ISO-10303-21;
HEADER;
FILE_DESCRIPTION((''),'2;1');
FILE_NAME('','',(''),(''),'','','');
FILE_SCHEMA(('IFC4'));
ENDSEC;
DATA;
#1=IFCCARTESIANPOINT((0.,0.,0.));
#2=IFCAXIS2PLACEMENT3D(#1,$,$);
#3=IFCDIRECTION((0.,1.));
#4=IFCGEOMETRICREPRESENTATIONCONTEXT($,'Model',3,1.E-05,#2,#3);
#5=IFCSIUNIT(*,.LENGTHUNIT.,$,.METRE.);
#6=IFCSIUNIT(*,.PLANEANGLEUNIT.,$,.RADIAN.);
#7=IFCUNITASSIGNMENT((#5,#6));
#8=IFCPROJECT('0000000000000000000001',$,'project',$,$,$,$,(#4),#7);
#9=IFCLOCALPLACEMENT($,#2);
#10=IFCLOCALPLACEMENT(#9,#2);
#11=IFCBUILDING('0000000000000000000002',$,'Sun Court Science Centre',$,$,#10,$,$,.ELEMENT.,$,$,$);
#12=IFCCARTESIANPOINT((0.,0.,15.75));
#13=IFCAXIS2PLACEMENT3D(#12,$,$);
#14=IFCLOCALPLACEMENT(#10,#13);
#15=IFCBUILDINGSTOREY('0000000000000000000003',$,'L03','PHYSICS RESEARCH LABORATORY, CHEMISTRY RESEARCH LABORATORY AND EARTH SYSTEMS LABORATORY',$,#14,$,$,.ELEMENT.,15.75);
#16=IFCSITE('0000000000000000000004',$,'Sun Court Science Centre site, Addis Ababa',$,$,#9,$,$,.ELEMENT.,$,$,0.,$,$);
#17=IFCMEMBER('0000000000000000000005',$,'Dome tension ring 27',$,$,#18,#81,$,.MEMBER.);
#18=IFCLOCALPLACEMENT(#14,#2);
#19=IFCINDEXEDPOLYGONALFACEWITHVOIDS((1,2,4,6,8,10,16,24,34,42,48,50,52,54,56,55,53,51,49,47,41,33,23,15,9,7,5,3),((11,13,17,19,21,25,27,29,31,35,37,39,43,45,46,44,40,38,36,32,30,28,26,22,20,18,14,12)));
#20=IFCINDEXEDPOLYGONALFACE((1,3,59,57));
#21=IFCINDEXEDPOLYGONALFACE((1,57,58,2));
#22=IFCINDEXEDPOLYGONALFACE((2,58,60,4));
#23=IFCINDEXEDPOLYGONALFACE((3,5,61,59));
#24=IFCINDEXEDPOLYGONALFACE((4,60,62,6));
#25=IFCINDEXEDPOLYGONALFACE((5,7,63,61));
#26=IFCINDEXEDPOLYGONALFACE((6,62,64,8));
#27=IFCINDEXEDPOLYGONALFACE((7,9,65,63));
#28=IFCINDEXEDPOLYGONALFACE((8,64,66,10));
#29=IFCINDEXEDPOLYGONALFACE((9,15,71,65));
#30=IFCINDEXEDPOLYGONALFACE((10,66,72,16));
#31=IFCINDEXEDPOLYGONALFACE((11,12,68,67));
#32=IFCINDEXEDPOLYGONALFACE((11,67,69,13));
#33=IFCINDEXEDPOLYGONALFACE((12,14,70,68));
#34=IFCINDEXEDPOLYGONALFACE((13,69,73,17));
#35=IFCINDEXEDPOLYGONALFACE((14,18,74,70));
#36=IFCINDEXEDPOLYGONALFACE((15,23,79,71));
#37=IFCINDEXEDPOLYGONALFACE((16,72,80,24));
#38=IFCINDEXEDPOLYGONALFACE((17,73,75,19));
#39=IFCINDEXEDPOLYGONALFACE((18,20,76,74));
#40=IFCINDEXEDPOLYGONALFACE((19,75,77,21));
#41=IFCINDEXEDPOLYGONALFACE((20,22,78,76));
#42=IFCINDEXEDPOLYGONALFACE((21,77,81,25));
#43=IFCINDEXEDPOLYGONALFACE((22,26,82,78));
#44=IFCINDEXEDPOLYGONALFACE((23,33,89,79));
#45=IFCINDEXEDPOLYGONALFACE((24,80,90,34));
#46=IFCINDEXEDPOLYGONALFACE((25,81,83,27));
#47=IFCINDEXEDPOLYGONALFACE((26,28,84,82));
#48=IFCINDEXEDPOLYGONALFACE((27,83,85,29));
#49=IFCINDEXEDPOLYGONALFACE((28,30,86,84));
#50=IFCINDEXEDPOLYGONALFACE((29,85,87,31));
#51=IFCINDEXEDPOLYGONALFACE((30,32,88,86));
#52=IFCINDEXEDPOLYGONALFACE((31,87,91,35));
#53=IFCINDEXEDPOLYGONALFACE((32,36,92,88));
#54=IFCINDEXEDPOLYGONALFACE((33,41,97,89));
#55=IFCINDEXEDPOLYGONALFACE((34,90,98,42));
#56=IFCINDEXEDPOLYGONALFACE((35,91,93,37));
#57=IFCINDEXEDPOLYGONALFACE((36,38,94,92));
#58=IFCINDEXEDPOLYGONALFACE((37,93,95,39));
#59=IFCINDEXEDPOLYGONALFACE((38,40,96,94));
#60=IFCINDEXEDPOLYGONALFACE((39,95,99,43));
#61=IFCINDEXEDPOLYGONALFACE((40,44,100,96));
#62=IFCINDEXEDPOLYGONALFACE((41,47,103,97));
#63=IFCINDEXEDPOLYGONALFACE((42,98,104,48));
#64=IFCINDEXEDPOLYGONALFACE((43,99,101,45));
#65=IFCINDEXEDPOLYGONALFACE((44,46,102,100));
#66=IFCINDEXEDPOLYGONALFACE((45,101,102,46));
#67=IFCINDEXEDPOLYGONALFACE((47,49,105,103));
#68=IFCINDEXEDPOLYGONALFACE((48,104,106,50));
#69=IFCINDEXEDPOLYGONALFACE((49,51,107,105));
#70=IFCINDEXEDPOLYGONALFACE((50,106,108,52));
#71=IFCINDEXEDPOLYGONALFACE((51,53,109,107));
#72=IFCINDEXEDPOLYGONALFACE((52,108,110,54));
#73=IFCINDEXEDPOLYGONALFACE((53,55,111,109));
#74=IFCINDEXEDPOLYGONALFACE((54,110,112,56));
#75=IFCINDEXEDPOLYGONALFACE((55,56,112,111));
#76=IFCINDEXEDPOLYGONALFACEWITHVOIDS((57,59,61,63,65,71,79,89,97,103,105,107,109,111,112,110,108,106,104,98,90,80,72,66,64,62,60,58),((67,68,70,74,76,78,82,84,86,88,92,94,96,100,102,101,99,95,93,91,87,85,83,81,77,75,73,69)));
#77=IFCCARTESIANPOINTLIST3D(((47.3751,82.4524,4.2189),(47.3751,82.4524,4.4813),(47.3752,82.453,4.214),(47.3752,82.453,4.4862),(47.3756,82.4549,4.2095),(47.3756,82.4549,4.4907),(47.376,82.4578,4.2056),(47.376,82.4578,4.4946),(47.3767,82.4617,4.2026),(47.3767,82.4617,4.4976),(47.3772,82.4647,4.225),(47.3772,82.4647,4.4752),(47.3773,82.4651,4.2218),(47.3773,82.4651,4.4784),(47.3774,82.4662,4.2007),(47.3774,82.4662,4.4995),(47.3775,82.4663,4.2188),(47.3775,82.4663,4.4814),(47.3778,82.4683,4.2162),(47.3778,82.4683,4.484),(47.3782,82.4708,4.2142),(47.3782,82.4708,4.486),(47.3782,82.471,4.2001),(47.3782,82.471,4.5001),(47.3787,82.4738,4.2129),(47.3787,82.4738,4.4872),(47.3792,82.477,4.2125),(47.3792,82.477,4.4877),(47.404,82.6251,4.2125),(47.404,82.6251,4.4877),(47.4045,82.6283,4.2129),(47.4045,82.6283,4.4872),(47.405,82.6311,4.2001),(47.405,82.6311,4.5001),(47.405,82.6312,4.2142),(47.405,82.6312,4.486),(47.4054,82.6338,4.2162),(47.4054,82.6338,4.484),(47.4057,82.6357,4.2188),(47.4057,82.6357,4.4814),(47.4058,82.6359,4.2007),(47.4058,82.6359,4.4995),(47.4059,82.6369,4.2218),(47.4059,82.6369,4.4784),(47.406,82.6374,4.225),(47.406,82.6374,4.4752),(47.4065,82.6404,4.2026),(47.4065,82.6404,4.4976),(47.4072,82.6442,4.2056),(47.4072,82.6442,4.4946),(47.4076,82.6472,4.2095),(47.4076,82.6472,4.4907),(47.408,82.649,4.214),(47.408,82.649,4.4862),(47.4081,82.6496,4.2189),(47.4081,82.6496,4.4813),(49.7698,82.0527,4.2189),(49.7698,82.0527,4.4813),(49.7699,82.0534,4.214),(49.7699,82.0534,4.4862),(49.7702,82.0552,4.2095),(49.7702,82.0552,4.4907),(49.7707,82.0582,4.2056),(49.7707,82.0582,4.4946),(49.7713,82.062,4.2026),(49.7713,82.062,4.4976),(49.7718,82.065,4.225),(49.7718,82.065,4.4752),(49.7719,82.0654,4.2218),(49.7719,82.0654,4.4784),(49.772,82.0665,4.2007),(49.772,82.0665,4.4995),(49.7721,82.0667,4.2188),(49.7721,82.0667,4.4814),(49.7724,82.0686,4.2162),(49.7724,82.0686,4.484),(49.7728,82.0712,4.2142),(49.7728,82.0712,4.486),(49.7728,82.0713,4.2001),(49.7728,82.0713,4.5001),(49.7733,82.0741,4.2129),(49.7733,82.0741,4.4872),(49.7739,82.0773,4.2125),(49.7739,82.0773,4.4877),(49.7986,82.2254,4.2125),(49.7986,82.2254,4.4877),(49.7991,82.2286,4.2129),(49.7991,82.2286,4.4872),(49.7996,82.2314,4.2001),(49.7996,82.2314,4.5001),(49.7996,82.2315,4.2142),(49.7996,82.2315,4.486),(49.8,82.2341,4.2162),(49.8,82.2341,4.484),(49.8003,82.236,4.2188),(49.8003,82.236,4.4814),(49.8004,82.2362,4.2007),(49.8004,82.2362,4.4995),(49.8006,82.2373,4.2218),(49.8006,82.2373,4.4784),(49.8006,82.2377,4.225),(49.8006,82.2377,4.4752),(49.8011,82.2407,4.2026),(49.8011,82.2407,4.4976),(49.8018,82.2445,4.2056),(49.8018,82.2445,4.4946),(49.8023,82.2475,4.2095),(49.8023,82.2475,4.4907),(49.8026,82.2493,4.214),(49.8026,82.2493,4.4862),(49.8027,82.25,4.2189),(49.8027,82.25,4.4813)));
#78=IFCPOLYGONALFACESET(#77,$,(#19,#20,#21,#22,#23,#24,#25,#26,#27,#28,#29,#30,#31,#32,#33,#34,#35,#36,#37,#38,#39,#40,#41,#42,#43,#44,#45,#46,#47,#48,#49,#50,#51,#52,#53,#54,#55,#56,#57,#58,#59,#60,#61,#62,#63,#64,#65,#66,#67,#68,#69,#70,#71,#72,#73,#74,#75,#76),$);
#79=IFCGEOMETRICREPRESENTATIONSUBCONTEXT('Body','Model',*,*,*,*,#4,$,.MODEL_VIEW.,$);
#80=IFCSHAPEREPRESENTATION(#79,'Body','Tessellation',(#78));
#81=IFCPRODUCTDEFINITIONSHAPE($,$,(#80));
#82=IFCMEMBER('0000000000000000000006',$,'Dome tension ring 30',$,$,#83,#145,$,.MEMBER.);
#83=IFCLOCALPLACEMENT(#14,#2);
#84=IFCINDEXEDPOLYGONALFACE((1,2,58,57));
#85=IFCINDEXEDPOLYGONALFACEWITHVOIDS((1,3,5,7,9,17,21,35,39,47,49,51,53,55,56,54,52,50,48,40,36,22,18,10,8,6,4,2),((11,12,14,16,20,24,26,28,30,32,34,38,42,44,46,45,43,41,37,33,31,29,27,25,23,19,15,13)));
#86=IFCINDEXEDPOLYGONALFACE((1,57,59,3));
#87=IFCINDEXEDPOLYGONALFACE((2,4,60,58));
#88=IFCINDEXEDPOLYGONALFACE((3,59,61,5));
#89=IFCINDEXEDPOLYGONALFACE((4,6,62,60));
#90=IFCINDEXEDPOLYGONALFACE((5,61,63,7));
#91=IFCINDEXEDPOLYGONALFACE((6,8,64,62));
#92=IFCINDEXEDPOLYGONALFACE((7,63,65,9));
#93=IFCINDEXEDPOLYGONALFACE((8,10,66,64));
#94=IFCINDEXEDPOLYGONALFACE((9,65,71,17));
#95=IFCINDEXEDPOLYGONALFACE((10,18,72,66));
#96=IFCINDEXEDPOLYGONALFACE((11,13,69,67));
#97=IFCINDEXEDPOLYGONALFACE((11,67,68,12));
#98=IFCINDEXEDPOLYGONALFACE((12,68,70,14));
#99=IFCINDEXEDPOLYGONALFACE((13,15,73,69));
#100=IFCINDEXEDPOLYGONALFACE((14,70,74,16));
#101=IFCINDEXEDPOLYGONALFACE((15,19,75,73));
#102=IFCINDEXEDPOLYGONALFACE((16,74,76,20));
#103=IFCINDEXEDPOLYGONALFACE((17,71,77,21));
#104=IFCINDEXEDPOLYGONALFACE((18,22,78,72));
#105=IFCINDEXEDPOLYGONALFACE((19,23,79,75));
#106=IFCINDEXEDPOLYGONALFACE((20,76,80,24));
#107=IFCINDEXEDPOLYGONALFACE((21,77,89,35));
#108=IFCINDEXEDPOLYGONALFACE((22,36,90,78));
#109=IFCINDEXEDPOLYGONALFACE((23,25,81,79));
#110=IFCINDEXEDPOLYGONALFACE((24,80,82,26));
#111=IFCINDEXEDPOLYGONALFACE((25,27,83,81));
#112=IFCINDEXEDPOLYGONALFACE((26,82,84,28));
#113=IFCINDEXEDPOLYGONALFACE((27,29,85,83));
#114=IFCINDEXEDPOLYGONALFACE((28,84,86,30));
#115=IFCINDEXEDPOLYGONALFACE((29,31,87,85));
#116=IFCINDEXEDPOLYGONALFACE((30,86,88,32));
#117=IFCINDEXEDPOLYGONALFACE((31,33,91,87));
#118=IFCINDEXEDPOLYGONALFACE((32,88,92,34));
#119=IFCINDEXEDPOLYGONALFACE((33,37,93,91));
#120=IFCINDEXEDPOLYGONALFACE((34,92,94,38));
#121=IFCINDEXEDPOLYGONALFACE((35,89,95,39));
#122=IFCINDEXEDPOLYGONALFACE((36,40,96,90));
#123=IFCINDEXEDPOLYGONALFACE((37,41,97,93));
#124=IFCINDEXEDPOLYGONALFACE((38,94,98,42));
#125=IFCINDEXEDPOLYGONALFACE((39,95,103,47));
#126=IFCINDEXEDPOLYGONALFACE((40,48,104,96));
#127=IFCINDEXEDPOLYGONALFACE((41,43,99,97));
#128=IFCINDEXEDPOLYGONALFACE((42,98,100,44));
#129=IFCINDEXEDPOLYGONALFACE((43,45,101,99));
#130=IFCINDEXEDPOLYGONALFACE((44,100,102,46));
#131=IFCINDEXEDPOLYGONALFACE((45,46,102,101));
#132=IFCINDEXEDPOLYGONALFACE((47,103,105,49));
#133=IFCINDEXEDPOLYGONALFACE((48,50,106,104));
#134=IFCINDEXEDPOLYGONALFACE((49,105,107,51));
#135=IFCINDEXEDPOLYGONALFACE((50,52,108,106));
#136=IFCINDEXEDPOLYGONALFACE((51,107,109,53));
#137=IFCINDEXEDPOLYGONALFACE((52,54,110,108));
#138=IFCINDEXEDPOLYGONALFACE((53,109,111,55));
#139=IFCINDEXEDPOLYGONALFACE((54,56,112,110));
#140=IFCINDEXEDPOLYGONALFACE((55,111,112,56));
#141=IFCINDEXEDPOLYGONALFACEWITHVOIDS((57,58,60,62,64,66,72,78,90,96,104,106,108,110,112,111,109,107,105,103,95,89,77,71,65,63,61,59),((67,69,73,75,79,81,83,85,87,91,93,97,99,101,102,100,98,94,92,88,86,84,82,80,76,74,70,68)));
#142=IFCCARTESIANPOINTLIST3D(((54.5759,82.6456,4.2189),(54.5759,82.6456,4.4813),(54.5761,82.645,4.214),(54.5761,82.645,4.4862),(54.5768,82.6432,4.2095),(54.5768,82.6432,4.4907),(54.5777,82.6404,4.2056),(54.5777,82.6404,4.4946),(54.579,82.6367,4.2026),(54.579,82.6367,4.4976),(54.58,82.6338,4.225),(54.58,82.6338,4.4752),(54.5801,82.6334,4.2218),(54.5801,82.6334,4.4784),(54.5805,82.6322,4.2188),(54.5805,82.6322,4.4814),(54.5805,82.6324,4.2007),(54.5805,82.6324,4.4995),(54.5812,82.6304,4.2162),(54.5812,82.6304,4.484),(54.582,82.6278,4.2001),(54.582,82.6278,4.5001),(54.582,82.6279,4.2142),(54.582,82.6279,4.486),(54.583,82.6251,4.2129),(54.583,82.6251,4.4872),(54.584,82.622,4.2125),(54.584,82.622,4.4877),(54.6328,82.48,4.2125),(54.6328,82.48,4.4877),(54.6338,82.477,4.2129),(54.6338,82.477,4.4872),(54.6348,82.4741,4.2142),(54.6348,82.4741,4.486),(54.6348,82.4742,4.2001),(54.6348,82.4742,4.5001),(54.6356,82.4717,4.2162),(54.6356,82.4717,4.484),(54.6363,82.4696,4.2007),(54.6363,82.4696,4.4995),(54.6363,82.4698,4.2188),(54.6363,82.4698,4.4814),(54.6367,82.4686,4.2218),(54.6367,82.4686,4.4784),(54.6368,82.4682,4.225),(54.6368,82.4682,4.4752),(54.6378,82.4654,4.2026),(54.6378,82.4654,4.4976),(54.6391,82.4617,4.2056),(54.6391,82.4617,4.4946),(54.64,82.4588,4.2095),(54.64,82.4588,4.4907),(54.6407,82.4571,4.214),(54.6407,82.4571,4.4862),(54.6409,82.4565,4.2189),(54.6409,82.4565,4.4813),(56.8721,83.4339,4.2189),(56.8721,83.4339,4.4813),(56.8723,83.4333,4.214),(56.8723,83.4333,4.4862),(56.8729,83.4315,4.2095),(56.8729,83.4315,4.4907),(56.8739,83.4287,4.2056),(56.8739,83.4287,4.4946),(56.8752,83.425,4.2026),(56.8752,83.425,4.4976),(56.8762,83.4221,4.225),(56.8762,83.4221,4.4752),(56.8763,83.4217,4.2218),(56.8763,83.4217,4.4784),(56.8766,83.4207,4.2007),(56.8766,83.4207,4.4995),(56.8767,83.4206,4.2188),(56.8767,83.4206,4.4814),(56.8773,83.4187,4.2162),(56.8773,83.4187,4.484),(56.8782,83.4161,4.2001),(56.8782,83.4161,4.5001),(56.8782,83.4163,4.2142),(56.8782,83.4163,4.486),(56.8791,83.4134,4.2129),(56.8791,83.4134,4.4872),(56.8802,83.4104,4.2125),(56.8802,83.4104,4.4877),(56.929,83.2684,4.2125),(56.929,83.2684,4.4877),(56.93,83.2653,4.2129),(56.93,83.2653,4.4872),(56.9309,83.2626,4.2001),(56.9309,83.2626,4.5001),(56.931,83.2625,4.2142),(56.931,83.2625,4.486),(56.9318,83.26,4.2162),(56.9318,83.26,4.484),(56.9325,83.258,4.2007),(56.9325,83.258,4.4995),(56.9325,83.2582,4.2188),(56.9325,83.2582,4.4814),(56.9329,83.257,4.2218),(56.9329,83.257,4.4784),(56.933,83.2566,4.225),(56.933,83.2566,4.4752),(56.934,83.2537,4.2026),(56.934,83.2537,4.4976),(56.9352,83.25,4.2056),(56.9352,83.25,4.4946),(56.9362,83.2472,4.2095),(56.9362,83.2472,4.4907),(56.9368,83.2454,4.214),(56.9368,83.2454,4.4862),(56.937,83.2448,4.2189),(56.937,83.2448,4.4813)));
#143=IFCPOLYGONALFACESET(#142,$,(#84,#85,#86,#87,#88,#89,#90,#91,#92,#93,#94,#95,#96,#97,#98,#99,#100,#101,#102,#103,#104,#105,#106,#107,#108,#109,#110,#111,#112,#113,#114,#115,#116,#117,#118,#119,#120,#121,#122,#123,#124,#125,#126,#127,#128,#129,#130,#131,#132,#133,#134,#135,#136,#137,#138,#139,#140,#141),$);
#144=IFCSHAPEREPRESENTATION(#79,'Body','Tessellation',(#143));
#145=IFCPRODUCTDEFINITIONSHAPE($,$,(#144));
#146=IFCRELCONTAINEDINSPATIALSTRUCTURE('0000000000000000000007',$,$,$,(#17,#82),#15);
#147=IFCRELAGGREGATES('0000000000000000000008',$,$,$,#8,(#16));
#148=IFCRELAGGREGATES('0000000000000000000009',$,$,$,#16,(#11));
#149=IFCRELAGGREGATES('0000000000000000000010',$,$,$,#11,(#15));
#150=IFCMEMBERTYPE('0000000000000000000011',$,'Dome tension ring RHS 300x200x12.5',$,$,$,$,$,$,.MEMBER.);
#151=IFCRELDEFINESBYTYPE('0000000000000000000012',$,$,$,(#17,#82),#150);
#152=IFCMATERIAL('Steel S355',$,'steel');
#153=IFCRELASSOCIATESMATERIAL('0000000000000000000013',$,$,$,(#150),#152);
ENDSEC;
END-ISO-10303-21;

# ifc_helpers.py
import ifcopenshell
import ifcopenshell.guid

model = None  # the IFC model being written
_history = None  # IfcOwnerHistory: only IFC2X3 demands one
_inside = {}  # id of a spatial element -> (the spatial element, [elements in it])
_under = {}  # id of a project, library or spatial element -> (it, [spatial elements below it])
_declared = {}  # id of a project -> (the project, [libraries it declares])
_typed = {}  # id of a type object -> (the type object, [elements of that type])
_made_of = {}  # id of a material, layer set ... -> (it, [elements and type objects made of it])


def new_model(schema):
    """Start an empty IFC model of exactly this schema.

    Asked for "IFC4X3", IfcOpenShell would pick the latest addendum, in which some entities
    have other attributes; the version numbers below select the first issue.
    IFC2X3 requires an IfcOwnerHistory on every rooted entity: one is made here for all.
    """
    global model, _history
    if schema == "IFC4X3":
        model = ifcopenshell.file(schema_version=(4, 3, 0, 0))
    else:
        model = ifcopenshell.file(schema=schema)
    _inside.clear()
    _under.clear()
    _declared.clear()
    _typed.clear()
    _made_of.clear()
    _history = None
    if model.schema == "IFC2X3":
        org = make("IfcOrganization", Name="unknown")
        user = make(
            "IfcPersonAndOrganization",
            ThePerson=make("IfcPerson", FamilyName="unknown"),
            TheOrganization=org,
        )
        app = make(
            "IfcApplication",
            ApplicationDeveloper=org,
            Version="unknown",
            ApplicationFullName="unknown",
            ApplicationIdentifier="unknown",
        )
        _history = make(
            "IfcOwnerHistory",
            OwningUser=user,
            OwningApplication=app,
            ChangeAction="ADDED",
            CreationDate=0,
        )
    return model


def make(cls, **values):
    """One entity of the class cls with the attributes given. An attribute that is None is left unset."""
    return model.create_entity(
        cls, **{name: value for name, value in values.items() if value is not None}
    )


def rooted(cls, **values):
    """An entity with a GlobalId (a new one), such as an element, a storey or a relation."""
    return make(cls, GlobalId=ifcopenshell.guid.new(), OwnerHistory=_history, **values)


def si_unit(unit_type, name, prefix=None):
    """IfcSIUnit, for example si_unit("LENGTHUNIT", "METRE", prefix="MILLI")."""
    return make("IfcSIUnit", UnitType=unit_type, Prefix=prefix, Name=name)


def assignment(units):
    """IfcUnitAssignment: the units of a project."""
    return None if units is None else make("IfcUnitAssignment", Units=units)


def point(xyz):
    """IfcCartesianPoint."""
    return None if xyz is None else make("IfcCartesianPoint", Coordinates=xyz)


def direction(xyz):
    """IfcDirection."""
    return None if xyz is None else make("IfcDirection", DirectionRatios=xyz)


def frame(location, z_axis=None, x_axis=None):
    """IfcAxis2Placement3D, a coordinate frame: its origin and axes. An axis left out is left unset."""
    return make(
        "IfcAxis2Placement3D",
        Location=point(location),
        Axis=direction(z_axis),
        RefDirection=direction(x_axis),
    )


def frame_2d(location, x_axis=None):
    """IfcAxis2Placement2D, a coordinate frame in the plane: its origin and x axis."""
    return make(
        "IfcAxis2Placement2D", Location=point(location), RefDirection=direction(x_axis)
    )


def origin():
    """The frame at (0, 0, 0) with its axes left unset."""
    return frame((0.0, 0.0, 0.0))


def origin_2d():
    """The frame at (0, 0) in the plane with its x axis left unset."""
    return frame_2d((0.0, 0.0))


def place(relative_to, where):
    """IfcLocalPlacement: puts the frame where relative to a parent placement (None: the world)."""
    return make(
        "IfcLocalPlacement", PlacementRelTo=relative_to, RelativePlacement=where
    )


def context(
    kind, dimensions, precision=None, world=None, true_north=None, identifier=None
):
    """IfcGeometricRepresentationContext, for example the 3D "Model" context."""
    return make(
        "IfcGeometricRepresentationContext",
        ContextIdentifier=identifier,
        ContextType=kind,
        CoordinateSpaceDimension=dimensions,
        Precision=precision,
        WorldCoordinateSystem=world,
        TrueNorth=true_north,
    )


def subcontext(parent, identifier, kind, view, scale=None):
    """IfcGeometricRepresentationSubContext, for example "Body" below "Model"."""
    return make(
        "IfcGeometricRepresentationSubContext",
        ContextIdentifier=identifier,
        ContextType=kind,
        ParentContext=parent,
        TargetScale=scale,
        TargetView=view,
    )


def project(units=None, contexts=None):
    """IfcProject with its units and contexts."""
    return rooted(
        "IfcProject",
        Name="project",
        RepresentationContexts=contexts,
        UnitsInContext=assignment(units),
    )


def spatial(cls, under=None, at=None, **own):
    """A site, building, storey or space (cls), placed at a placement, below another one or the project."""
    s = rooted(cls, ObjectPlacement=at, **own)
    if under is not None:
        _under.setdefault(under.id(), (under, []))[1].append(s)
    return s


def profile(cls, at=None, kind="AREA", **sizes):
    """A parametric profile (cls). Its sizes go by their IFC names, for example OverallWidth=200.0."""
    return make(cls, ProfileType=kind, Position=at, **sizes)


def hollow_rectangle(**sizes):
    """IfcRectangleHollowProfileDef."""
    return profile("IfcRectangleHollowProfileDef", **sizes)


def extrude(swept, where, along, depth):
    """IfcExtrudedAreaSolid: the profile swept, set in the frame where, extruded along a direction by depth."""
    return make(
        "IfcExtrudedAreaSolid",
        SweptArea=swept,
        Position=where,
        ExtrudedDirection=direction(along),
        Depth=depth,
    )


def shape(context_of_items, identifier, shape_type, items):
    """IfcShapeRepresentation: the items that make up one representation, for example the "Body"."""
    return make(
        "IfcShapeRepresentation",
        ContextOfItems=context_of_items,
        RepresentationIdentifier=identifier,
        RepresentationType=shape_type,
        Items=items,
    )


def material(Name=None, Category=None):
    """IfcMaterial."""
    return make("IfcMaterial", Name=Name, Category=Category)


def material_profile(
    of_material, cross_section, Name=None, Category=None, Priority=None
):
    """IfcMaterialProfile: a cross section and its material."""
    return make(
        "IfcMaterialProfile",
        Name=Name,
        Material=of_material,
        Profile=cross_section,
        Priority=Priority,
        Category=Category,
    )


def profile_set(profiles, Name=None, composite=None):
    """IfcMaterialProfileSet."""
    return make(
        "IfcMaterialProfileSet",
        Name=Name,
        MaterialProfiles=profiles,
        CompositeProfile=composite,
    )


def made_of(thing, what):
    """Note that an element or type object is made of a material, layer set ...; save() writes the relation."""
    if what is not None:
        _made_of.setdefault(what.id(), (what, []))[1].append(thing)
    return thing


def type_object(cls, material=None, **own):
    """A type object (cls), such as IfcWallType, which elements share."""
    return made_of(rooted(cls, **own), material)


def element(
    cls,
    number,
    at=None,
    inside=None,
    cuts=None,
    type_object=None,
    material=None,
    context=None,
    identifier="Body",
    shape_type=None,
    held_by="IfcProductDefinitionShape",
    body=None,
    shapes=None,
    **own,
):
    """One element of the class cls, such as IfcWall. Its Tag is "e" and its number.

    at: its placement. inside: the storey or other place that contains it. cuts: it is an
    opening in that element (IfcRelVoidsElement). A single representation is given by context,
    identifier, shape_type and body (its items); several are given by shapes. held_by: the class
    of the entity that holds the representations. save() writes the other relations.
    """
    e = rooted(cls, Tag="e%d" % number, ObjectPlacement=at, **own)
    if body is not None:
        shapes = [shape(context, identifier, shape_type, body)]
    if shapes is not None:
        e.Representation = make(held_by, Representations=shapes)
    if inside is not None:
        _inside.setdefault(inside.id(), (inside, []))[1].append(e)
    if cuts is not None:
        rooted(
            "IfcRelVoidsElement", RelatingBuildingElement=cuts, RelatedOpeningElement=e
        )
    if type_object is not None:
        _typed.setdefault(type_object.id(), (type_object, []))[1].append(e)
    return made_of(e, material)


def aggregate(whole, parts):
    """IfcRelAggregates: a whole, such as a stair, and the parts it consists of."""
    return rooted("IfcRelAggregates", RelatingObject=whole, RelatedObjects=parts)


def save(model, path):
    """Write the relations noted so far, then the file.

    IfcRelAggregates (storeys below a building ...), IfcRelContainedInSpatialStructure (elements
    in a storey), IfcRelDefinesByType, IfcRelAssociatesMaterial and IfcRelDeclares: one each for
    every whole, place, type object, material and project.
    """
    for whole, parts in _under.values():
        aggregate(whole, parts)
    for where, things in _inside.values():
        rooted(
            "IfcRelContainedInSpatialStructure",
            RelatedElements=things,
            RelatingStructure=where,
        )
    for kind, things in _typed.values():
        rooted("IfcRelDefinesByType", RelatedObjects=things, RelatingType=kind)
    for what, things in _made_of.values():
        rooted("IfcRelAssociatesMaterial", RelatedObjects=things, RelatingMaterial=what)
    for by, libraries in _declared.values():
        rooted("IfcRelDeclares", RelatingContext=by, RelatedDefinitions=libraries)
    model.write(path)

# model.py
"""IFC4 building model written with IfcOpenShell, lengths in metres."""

from ifc_helpers import new_model, si_unit, direction, frame, origin, origin_2d, place, context, subcontext, project, spatial, hollow_rectangle, extrude, material, material_profile, profile_set, type_object, element, save


model = new_model("IFC4")

# Units and contexts
model_context = context("Model", 3, precision=1e-05, world=origin(), true_north=direction((0.0, 1.0)))
body_context = subcontext(model_context, "Body", "Model", "MODEL_VIEW")
ifc_project = project(units=[si_unit("LENGTHUNIT", "METRE"), si_unit("PLANEANGLEUNIT", "RADIAN")], contexts=[model_context])

# Site, building, storey
site_placement = place(None, origin())
site = spatial("IfcSite", under=ifc_project, at=site_placement, Name="Sun Court Science Centre site, Addis Ababa", CompositionType="ELEMENT", RefElevation=0.0)
building_placement = place(site_placement, origin())
building = spatial("IfcBuilding", under=site, at=building_placement, Name="Sun Court Science Centre", CompositionType="ELEMENT")
storey_placement = place(building_placement, frame((0.0, 0.0, 15.75)))
storey = spatial("IfcBuildingStorey", under=building, at=storey_placement, Name="L03", Description="PHYSICS RESEARCH LABORATORY, CHEMISTRY RESEARCH LABORATORY AND EARTH SYSTEMS LABORATORY", CompositionType="ELEMENT", Elevation=15.75)

# Members
ifc_material_1 = material(Name="Steel S355", Category="steel")
ifc_material_profile_1 = material_profile(ifc_material_1, hollow_rectangle(XDim=0.2, YDim=0.3, WallThickness=0.0125, InnerFilletRadius=0.0125, OuterFilletRadius=0.0188, at=origin_2d()), Name="RHS 300x200x12.5")
ifc_profile_set_1 = profile_set([ifc_material_profile_1], Name="Steel S355")
member_type_1 = type_object("IfcMemberType", Name="Dome tension ring RHS 300x200x12.5", PredefinedType="MEMBER", material=ifc_profile_set_1)
for number, where, z_axis, x_axis, name in (
    (1, (47.3916, 82.551, 4.3501), (0.986356, -0.164627, 0.0), (0.164627, 0.986356, 0.0), "Dome tension ring 27"),
    (2, (54.6084, 82.551, 4.3501), (0.945809, 0.324723, 0.0), (-0.324723, 0.945809, 0.0), "Dome tension ring 30"),
):
    element("IfcMember", number, at=place(storey_placement, frame(where, z_axis=z_axis, x_axis=x_axis)), inside=storey, type_object=member_type_1, Name=name, PredefinedType="MEMBER", context=body_context, shape_type="SweptSolid", body=[
        extrude(hollow_rectangle(XDim=0.2, YDim=0.3, WallThickness=0.0125, InnerFilletRadius=0.0125, OuterFilletRadius=0.0188, at=origin_2d()), origin(), (0.0, 0.0, 1.0), 2.4277),
    ])

save(model, "model.ifc")
